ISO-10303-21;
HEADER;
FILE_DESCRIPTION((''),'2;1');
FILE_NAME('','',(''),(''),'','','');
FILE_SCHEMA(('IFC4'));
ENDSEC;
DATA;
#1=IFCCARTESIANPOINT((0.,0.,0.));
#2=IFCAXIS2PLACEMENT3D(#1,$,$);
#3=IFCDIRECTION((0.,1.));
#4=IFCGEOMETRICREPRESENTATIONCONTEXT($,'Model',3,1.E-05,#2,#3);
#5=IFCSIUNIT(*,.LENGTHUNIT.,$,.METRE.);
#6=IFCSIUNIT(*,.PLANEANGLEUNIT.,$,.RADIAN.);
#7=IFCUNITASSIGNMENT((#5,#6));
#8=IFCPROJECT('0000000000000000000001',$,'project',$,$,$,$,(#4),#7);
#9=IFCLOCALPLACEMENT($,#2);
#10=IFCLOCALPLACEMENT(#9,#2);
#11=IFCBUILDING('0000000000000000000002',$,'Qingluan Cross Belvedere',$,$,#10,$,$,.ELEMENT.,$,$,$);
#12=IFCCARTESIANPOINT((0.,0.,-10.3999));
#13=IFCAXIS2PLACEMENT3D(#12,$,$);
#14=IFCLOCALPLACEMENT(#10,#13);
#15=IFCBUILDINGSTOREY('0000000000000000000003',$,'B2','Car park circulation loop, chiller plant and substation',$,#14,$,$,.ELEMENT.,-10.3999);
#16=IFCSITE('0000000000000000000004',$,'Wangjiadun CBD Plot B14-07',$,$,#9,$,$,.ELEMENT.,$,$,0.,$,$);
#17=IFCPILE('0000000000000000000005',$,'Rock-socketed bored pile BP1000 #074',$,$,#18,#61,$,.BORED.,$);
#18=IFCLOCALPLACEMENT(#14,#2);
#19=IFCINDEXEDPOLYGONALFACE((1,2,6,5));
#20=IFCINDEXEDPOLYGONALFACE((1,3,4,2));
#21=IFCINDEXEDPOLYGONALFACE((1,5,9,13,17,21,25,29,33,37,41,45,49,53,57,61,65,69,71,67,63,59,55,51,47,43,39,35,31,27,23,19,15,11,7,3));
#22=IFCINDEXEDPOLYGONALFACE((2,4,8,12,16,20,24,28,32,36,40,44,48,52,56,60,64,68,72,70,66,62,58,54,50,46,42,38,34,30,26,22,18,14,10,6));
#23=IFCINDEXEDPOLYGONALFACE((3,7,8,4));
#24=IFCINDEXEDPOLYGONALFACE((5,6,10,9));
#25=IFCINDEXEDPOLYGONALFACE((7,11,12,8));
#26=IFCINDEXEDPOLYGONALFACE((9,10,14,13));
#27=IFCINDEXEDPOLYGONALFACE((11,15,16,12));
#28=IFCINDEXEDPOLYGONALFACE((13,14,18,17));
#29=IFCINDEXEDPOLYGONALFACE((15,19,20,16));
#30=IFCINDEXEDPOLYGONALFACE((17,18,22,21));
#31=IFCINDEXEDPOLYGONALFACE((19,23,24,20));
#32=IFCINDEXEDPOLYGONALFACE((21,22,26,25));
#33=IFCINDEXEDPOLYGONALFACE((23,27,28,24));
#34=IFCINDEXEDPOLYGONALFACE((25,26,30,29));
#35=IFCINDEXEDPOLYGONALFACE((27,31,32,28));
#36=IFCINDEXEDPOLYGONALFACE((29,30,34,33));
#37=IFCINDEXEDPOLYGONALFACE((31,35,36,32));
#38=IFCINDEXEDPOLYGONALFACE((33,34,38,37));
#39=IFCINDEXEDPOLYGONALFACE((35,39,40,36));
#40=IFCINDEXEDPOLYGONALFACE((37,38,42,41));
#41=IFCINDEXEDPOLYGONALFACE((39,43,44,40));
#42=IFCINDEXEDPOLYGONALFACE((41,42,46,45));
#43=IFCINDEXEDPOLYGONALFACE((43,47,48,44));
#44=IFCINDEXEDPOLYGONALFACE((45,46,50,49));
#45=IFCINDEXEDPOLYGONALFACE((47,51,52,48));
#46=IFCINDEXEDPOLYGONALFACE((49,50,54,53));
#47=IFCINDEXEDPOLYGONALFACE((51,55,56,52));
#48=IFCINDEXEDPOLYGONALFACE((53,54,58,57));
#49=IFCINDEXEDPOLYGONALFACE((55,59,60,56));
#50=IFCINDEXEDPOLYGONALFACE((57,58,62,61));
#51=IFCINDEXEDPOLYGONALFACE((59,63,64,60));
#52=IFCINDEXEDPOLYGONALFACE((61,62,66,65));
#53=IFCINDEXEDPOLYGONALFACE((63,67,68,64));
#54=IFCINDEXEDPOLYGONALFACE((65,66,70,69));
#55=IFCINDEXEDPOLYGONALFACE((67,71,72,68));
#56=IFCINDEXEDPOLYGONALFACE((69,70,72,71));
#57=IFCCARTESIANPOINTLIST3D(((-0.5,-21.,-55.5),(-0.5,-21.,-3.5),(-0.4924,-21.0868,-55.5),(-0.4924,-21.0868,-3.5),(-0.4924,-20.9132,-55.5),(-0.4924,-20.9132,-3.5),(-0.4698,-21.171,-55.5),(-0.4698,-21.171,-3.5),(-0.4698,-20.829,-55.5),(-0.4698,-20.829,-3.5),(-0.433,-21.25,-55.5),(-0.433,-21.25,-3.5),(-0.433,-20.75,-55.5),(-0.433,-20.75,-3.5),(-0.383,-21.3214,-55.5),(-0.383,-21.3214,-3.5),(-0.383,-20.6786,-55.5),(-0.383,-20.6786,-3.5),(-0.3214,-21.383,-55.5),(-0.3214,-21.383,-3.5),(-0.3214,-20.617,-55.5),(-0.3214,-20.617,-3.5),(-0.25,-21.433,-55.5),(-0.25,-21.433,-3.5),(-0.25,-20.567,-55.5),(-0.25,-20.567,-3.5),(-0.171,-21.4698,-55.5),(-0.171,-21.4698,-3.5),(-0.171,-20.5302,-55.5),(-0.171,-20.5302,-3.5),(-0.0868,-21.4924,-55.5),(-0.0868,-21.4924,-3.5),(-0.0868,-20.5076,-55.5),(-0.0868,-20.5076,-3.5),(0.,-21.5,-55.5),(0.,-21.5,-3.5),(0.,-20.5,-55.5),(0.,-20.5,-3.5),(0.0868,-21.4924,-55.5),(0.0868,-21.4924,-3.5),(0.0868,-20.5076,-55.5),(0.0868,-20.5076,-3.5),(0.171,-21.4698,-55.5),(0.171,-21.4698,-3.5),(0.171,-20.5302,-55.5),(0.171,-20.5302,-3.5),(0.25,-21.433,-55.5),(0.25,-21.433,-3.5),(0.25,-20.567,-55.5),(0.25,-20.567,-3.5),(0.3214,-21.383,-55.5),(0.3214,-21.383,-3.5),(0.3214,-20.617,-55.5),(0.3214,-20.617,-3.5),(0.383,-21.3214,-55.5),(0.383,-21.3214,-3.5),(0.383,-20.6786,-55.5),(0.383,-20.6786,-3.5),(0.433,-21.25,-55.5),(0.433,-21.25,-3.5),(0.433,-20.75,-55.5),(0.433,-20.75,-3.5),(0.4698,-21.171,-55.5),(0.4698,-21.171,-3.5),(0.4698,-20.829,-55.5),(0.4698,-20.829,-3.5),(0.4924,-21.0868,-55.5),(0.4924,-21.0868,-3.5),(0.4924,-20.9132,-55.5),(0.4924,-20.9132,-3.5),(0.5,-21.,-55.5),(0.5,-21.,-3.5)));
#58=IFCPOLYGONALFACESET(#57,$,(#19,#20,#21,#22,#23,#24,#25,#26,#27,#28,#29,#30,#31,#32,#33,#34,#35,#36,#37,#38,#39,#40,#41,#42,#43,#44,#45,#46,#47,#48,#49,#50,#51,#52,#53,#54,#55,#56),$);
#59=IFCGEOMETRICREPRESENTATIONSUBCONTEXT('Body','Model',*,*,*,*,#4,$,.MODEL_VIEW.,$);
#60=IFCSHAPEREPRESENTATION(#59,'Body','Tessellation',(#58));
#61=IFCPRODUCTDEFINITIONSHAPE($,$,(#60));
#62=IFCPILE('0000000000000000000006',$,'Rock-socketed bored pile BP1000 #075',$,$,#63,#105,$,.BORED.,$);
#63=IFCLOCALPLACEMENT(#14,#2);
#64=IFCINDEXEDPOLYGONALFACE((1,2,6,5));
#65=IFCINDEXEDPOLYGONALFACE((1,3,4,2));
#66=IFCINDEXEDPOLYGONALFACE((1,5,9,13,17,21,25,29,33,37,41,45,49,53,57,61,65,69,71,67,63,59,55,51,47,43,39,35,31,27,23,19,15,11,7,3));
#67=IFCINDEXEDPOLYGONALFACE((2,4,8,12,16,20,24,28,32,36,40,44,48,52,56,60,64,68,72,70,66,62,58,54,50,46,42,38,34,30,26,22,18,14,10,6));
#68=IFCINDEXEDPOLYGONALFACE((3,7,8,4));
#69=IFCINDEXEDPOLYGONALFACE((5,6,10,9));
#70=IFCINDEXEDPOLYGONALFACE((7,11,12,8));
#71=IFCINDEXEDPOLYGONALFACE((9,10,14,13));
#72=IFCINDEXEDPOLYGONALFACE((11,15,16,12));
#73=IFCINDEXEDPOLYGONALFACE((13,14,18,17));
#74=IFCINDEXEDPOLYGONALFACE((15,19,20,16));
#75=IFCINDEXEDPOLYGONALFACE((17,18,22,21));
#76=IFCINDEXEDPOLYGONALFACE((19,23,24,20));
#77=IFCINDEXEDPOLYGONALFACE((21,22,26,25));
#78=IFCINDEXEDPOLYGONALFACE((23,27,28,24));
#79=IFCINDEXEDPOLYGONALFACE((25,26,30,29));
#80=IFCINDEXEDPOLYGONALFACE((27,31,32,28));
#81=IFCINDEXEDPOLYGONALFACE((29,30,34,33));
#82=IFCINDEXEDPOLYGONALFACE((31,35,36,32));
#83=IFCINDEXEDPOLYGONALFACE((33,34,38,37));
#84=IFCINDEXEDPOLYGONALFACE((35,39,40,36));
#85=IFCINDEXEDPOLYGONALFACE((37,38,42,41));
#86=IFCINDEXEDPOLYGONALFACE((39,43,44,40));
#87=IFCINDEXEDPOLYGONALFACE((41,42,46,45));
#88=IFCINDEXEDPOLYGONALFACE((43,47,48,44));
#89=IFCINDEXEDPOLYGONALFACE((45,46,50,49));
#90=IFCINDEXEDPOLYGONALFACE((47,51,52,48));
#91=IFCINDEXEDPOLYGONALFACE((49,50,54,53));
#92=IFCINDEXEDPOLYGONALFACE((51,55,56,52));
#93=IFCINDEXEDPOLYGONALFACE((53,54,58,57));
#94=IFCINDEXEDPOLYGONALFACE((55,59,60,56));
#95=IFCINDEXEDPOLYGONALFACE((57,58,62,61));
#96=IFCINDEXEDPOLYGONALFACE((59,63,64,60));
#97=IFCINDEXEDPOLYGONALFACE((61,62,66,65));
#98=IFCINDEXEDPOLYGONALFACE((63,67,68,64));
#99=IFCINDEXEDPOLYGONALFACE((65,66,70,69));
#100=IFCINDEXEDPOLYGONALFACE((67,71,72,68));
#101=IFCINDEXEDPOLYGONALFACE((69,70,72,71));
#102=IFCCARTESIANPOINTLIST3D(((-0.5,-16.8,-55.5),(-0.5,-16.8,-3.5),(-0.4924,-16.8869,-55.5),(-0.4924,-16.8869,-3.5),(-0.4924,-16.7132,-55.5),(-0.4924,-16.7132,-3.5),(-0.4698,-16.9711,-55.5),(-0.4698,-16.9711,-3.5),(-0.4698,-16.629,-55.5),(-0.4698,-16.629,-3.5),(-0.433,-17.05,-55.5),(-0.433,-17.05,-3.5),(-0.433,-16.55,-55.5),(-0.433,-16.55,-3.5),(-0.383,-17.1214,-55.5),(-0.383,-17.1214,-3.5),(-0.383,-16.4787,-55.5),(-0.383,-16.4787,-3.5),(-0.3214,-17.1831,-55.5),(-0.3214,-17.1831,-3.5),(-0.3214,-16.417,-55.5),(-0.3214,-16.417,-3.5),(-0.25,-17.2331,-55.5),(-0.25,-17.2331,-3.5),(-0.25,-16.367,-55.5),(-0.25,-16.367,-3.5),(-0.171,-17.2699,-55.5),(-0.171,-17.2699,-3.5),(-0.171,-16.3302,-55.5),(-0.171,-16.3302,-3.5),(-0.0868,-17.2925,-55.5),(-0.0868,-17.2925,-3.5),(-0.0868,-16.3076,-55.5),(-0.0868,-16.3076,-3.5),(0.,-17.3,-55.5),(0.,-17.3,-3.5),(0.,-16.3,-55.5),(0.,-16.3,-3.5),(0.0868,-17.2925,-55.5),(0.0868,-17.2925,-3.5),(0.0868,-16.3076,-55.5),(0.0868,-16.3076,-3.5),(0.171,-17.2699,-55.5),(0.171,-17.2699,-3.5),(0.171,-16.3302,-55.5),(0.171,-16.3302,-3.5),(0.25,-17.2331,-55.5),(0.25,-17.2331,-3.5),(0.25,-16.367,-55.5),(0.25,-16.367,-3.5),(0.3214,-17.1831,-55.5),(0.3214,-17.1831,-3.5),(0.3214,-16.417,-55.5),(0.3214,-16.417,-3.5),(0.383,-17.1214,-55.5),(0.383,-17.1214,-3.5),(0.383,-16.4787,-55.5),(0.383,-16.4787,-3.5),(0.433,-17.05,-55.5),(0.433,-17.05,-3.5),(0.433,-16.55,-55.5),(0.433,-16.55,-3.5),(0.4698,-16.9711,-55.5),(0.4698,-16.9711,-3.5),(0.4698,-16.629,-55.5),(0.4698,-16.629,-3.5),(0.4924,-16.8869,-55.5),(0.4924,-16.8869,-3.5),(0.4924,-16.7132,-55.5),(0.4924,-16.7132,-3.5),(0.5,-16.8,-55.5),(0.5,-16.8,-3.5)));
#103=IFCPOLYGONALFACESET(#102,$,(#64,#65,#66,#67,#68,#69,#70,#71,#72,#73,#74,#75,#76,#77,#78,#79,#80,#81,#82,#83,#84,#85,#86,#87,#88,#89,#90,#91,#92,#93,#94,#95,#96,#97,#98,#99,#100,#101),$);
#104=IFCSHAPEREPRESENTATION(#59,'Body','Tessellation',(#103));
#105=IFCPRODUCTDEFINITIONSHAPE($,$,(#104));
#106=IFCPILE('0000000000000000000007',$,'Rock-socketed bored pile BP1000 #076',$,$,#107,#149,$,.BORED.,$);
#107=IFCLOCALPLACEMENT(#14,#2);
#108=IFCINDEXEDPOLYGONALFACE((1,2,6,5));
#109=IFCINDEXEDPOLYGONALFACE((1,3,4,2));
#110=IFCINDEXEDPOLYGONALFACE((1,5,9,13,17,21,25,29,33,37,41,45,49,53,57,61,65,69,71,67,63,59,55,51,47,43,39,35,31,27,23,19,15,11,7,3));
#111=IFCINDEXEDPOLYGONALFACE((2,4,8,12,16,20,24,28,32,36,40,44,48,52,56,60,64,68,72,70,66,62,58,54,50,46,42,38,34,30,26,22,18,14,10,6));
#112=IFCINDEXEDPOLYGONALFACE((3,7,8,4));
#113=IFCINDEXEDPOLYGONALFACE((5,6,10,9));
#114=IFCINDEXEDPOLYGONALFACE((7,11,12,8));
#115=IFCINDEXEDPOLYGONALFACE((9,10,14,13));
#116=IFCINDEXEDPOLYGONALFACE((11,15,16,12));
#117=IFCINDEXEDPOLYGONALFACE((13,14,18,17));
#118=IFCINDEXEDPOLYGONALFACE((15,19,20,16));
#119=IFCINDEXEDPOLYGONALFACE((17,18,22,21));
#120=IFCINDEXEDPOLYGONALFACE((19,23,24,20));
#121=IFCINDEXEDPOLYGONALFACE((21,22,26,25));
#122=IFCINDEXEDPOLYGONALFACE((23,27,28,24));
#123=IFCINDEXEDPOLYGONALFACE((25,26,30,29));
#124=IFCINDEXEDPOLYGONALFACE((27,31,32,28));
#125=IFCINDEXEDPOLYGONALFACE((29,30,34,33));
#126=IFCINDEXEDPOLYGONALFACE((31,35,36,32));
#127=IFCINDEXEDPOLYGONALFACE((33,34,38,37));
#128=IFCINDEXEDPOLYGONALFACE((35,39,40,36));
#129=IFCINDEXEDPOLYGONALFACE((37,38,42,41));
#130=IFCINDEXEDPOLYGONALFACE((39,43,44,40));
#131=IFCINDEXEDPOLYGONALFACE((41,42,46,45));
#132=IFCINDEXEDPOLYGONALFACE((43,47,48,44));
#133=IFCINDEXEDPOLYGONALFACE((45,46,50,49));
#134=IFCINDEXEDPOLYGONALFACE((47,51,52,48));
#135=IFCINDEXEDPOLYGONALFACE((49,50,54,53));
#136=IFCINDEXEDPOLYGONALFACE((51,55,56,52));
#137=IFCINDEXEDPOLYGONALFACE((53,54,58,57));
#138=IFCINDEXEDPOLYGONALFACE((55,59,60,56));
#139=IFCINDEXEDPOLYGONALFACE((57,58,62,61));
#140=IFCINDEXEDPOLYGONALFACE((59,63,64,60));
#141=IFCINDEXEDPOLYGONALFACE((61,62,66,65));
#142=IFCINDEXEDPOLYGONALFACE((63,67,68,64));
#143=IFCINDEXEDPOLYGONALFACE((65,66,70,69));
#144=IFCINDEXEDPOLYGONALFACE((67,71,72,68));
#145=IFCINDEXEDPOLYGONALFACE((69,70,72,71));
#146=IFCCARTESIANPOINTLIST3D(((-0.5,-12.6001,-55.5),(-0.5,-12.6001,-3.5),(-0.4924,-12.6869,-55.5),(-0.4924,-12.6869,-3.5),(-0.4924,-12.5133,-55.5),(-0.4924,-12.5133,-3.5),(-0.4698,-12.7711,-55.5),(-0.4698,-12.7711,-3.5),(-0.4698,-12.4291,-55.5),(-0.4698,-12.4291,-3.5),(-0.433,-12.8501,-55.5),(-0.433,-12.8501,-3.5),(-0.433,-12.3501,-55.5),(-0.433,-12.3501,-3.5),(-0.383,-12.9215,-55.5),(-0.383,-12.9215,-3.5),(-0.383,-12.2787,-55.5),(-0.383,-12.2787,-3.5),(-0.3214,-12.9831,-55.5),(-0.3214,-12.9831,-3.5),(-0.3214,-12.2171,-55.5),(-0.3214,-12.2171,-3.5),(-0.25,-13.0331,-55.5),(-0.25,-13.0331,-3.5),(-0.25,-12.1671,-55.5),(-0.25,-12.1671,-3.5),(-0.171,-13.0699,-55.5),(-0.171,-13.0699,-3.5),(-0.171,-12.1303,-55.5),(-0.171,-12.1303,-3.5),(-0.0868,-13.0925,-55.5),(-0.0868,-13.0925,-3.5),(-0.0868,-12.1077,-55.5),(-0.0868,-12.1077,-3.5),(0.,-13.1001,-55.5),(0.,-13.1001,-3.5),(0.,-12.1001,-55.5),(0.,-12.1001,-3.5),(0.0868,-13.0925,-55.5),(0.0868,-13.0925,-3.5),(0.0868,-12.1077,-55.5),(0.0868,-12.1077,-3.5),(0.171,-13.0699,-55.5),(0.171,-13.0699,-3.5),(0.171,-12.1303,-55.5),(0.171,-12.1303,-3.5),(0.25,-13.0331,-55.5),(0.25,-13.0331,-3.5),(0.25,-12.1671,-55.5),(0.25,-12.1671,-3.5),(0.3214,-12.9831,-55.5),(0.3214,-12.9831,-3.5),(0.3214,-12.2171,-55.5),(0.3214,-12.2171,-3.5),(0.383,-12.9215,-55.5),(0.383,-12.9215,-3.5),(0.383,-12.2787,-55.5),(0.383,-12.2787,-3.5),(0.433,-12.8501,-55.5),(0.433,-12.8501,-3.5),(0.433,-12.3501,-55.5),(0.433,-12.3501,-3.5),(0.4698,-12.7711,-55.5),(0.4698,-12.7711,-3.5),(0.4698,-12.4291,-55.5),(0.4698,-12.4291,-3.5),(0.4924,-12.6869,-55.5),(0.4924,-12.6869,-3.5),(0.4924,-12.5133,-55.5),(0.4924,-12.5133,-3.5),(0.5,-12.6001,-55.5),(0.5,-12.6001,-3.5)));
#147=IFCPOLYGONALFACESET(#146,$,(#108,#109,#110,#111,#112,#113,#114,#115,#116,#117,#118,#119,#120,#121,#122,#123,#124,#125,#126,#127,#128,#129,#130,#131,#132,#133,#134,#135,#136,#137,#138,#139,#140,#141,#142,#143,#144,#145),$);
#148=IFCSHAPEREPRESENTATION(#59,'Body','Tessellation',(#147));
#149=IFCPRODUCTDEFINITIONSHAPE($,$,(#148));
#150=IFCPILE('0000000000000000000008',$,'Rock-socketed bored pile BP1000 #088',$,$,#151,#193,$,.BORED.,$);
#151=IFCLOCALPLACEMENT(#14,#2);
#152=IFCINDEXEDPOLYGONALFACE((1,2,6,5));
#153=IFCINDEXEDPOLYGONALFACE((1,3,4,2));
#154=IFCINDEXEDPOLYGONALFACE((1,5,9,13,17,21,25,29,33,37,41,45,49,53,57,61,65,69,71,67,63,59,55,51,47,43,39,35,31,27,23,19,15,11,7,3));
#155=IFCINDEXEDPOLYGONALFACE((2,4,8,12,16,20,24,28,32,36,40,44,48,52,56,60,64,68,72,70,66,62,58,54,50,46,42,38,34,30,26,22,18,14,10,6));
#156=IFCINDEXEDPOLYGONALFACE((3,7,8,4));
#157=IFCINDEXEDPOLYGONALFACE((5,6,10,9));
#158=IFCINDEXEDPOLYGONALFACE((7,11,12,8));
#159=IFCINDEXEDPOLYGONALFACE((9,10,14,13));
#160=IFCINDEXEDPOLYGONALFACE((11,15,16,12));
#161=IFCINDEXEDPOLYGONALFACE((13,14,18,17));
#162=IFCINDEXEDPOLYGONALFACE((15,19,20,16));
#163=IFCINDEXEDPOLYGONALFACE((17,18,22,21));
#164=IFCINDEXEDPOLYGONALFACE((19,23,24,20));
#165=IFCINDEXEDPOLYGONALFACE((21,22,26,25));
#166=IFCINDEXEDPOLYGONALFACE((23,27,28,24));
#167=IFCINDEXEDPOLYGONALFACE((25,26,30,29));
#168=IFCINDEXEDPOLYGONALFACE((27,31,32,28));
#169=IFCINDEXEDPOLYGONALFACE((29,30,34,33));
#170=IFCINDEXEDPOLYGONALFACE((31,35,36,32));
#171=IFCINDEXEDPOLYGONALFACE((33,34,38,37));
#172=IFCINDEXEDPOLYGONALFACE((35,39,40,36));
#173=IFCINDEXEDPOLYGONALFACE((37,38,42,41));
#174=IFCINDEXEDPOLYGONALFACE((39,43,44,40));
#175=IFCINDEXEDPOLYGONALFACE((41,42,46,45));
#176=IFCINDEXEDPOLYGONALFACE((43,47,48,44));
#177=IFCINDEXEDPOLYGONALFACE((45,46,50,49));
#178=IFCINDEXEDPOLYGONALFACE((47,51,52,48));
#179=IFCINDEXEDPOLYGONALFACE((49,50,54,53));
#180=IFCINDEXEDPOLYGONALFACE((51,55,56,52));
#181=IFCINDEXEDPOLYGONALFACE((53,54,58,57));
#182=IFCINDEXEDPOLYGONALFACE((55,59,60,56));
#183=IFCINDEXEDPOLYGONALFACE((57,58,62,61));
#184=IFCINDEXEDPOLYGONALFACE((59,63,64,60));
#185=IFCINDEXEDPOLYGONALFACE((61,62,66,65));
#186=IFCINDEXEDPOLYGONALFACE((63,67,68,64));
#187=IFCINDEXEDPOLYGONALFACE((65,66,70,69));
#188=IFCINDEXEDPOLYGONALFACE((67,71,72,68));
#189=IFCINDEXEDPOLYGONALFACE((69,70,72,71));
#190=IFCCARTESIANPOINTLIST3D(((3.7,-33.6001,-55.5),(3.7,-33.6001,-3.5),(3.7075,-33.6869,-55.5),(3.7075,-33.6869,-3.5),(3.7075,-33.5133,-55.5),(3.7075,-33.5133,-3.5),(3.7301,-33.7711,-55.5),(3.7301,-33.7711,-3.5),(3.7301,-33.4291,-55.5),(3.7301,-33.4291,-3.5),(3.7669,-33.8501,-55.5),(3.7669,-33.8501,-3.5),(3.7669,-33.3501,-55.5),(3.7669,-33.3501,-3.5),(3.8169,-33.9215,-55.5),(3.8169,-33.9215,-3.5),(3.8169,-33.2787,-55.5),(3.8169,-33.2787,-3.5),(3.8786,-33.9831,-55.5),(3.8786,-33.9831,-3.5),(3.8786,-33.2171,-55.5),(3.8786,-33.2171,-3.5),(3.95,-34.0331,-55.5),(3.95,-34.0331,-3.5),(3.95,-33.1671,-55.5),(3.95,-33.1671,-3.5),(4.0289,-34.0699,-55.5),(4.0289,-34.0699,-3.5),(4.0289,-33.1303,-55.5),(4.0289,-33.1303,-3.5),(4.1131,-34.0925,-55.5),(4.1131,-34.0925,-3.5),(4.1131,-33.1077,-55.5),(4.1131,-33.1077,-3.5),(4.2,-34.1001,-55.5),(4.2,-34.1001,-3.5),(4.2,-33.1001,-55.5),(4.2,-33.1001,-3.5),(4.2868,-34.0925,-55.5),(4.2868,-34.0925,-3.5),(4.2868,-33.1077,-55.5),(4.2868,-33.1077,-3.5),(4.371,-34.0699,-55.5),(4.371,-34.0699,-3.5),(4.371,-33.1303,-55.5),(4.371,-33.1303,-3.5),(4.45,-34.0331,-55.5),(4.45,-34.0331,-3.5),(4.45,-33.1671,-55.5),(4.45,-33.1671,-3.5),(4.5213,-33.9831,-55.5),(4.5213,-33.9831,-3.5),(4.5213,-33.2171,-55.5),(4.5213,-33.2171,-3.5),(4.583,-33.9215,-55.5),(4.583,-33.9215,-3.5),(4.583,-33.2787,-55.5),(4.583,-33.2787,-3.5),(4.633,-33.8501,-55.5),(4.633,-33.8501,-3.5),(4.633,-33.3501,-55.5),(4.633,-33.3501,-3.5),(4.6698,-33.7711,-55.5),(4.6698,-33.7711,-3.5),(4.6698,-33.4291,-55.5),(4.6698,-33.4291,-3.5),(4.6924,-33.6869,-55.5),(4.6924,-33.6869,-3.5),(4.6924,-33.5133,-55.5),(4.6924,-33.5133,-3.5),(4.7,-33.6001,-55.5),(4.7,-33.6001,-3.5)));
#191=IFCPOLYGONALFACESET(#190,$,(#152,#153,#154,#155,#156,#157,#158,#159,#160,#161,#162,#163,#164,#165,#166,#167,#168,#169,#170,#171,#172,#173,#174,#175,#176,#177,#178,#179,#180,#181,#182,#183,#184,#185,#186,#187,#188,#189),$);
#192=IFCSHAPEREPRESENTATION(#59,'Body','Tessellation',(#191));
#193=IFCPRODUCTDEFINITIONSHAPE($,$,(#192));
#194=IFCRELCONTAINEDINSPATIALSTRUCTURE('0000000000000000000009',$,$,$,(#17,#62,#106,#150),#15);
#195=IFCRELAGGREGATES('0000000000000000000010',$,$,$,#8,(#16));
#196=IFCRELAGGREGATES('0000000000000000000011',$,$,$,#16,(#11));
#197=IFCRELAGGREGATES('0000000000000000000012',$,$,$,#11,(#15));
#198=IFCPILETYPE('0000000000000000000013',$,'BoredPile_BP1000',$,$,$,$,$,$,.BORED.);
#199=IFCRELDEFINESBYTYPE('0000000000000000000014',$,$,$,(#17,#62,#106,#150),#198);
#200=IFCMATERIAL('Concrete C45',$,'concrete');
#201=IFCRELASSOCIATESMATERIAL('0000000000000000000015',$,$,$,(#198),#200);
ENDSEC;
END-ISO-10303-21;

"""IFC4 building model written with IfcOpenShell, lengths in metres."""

from ifc_helpers import new_model, si_unit, direction, frame, origin, origin_2d, place, context, subcontext, project, spatial, circle, extrude, material, material_profile, profile_set, type_object, element, save


model = new_model("IFC4")

# Units and contexts
model_context = context("Model", 3, precision=1e-05, world=origin(), true_north=direction((0.0, 1.0)))
body_context = subcontext(model_context, "Body", "Model", "MODEL_VIEW")
ifc_project = project(units=[si_unit("LENGTHUNIT", "METRE"), si_unit("PLANEANGLEUNIT", "RADIAN")], contexts=[model_context])

# Site, building, storey
site_placement = place(None, origin())
site = spatial("IfcSite", under=ifc_project, at=site_placement, Name="Wangjiadun CBD Plot B14-07", CompositionType="ELEMENT", RefElevation=0.0)
building_placement = place(site_placement, origin())
building = spatial("IfcBuilding", under=site, at=building_placement, Name="Qingluan Cross Belvedere", CompositionType="ELEMENT")
storey_placement = place(building_placement, frame((0.0, 0.0, -10.3999)))
storey = spatial("IfcBuildingStorey", under=building, at=storey_placement, Name="B2", Description="Car park circulation loop, chiller plant and substation", CompositionType="ELEMENT", Elevation=-10.3999)

# Piles
ifc_material_1 = material(Name="Concrete C45", Category="concrete")
ifc_material_profile_1 = material_profile(ifc_material_1, circle(Radius=0.5, at=origin_2d()), Name="BP1000")
ifc_profile_set_1 = profile_set([ifc_material_profile_1], Name="Concrete C45")
pile_type = type_object("IfcPileType", Name="BoredPile_BP1000", PredefinedType="BORED", material=ifc_profile_set_1)
for number, where, z_axis, x_axis, name in (
    (1, (0.0, -21.0, -3.5), (0.0, 0.0, -1.0), (1.0, 0.0, 0.0), "Rock-socketed bored pile BP1000 #074"),
    (2, (0.0, -16.8, -3.5), (0.0, 0.0, -1.0), (1.0, 0.0, 0.0), "Rock-socketed bored pile BP1000 #075"),
    (3, (0.0, -12.6001, -3.5), (0.0, 0.0, -1.0), (1.0, 0.0, 0.0), "Rock-socketed bored pile BP1000 #076"),
    (4, (4.2, -33.6001, -3.5), (0.0, 0.0, -1.0), (1.0, 0.0, 0.0), "Rock-socketed bored pile BP1000 #088"),
):
    element("IfcPile", number, at=place(storey_placement, frame(where, z_axis=z_axis, x_axis=x_axis)), inside=storey, type_object=pile_type, Name=name, PredefinedType="BORED", context=body_context, shape_type="SweptSolid", body=[
        extrude(circle(Radius=0.5, at=origin_2d()), origin(), (0.0, 0.0, 1.0), 52.0),
    ])

save(model, "model.ifc")
